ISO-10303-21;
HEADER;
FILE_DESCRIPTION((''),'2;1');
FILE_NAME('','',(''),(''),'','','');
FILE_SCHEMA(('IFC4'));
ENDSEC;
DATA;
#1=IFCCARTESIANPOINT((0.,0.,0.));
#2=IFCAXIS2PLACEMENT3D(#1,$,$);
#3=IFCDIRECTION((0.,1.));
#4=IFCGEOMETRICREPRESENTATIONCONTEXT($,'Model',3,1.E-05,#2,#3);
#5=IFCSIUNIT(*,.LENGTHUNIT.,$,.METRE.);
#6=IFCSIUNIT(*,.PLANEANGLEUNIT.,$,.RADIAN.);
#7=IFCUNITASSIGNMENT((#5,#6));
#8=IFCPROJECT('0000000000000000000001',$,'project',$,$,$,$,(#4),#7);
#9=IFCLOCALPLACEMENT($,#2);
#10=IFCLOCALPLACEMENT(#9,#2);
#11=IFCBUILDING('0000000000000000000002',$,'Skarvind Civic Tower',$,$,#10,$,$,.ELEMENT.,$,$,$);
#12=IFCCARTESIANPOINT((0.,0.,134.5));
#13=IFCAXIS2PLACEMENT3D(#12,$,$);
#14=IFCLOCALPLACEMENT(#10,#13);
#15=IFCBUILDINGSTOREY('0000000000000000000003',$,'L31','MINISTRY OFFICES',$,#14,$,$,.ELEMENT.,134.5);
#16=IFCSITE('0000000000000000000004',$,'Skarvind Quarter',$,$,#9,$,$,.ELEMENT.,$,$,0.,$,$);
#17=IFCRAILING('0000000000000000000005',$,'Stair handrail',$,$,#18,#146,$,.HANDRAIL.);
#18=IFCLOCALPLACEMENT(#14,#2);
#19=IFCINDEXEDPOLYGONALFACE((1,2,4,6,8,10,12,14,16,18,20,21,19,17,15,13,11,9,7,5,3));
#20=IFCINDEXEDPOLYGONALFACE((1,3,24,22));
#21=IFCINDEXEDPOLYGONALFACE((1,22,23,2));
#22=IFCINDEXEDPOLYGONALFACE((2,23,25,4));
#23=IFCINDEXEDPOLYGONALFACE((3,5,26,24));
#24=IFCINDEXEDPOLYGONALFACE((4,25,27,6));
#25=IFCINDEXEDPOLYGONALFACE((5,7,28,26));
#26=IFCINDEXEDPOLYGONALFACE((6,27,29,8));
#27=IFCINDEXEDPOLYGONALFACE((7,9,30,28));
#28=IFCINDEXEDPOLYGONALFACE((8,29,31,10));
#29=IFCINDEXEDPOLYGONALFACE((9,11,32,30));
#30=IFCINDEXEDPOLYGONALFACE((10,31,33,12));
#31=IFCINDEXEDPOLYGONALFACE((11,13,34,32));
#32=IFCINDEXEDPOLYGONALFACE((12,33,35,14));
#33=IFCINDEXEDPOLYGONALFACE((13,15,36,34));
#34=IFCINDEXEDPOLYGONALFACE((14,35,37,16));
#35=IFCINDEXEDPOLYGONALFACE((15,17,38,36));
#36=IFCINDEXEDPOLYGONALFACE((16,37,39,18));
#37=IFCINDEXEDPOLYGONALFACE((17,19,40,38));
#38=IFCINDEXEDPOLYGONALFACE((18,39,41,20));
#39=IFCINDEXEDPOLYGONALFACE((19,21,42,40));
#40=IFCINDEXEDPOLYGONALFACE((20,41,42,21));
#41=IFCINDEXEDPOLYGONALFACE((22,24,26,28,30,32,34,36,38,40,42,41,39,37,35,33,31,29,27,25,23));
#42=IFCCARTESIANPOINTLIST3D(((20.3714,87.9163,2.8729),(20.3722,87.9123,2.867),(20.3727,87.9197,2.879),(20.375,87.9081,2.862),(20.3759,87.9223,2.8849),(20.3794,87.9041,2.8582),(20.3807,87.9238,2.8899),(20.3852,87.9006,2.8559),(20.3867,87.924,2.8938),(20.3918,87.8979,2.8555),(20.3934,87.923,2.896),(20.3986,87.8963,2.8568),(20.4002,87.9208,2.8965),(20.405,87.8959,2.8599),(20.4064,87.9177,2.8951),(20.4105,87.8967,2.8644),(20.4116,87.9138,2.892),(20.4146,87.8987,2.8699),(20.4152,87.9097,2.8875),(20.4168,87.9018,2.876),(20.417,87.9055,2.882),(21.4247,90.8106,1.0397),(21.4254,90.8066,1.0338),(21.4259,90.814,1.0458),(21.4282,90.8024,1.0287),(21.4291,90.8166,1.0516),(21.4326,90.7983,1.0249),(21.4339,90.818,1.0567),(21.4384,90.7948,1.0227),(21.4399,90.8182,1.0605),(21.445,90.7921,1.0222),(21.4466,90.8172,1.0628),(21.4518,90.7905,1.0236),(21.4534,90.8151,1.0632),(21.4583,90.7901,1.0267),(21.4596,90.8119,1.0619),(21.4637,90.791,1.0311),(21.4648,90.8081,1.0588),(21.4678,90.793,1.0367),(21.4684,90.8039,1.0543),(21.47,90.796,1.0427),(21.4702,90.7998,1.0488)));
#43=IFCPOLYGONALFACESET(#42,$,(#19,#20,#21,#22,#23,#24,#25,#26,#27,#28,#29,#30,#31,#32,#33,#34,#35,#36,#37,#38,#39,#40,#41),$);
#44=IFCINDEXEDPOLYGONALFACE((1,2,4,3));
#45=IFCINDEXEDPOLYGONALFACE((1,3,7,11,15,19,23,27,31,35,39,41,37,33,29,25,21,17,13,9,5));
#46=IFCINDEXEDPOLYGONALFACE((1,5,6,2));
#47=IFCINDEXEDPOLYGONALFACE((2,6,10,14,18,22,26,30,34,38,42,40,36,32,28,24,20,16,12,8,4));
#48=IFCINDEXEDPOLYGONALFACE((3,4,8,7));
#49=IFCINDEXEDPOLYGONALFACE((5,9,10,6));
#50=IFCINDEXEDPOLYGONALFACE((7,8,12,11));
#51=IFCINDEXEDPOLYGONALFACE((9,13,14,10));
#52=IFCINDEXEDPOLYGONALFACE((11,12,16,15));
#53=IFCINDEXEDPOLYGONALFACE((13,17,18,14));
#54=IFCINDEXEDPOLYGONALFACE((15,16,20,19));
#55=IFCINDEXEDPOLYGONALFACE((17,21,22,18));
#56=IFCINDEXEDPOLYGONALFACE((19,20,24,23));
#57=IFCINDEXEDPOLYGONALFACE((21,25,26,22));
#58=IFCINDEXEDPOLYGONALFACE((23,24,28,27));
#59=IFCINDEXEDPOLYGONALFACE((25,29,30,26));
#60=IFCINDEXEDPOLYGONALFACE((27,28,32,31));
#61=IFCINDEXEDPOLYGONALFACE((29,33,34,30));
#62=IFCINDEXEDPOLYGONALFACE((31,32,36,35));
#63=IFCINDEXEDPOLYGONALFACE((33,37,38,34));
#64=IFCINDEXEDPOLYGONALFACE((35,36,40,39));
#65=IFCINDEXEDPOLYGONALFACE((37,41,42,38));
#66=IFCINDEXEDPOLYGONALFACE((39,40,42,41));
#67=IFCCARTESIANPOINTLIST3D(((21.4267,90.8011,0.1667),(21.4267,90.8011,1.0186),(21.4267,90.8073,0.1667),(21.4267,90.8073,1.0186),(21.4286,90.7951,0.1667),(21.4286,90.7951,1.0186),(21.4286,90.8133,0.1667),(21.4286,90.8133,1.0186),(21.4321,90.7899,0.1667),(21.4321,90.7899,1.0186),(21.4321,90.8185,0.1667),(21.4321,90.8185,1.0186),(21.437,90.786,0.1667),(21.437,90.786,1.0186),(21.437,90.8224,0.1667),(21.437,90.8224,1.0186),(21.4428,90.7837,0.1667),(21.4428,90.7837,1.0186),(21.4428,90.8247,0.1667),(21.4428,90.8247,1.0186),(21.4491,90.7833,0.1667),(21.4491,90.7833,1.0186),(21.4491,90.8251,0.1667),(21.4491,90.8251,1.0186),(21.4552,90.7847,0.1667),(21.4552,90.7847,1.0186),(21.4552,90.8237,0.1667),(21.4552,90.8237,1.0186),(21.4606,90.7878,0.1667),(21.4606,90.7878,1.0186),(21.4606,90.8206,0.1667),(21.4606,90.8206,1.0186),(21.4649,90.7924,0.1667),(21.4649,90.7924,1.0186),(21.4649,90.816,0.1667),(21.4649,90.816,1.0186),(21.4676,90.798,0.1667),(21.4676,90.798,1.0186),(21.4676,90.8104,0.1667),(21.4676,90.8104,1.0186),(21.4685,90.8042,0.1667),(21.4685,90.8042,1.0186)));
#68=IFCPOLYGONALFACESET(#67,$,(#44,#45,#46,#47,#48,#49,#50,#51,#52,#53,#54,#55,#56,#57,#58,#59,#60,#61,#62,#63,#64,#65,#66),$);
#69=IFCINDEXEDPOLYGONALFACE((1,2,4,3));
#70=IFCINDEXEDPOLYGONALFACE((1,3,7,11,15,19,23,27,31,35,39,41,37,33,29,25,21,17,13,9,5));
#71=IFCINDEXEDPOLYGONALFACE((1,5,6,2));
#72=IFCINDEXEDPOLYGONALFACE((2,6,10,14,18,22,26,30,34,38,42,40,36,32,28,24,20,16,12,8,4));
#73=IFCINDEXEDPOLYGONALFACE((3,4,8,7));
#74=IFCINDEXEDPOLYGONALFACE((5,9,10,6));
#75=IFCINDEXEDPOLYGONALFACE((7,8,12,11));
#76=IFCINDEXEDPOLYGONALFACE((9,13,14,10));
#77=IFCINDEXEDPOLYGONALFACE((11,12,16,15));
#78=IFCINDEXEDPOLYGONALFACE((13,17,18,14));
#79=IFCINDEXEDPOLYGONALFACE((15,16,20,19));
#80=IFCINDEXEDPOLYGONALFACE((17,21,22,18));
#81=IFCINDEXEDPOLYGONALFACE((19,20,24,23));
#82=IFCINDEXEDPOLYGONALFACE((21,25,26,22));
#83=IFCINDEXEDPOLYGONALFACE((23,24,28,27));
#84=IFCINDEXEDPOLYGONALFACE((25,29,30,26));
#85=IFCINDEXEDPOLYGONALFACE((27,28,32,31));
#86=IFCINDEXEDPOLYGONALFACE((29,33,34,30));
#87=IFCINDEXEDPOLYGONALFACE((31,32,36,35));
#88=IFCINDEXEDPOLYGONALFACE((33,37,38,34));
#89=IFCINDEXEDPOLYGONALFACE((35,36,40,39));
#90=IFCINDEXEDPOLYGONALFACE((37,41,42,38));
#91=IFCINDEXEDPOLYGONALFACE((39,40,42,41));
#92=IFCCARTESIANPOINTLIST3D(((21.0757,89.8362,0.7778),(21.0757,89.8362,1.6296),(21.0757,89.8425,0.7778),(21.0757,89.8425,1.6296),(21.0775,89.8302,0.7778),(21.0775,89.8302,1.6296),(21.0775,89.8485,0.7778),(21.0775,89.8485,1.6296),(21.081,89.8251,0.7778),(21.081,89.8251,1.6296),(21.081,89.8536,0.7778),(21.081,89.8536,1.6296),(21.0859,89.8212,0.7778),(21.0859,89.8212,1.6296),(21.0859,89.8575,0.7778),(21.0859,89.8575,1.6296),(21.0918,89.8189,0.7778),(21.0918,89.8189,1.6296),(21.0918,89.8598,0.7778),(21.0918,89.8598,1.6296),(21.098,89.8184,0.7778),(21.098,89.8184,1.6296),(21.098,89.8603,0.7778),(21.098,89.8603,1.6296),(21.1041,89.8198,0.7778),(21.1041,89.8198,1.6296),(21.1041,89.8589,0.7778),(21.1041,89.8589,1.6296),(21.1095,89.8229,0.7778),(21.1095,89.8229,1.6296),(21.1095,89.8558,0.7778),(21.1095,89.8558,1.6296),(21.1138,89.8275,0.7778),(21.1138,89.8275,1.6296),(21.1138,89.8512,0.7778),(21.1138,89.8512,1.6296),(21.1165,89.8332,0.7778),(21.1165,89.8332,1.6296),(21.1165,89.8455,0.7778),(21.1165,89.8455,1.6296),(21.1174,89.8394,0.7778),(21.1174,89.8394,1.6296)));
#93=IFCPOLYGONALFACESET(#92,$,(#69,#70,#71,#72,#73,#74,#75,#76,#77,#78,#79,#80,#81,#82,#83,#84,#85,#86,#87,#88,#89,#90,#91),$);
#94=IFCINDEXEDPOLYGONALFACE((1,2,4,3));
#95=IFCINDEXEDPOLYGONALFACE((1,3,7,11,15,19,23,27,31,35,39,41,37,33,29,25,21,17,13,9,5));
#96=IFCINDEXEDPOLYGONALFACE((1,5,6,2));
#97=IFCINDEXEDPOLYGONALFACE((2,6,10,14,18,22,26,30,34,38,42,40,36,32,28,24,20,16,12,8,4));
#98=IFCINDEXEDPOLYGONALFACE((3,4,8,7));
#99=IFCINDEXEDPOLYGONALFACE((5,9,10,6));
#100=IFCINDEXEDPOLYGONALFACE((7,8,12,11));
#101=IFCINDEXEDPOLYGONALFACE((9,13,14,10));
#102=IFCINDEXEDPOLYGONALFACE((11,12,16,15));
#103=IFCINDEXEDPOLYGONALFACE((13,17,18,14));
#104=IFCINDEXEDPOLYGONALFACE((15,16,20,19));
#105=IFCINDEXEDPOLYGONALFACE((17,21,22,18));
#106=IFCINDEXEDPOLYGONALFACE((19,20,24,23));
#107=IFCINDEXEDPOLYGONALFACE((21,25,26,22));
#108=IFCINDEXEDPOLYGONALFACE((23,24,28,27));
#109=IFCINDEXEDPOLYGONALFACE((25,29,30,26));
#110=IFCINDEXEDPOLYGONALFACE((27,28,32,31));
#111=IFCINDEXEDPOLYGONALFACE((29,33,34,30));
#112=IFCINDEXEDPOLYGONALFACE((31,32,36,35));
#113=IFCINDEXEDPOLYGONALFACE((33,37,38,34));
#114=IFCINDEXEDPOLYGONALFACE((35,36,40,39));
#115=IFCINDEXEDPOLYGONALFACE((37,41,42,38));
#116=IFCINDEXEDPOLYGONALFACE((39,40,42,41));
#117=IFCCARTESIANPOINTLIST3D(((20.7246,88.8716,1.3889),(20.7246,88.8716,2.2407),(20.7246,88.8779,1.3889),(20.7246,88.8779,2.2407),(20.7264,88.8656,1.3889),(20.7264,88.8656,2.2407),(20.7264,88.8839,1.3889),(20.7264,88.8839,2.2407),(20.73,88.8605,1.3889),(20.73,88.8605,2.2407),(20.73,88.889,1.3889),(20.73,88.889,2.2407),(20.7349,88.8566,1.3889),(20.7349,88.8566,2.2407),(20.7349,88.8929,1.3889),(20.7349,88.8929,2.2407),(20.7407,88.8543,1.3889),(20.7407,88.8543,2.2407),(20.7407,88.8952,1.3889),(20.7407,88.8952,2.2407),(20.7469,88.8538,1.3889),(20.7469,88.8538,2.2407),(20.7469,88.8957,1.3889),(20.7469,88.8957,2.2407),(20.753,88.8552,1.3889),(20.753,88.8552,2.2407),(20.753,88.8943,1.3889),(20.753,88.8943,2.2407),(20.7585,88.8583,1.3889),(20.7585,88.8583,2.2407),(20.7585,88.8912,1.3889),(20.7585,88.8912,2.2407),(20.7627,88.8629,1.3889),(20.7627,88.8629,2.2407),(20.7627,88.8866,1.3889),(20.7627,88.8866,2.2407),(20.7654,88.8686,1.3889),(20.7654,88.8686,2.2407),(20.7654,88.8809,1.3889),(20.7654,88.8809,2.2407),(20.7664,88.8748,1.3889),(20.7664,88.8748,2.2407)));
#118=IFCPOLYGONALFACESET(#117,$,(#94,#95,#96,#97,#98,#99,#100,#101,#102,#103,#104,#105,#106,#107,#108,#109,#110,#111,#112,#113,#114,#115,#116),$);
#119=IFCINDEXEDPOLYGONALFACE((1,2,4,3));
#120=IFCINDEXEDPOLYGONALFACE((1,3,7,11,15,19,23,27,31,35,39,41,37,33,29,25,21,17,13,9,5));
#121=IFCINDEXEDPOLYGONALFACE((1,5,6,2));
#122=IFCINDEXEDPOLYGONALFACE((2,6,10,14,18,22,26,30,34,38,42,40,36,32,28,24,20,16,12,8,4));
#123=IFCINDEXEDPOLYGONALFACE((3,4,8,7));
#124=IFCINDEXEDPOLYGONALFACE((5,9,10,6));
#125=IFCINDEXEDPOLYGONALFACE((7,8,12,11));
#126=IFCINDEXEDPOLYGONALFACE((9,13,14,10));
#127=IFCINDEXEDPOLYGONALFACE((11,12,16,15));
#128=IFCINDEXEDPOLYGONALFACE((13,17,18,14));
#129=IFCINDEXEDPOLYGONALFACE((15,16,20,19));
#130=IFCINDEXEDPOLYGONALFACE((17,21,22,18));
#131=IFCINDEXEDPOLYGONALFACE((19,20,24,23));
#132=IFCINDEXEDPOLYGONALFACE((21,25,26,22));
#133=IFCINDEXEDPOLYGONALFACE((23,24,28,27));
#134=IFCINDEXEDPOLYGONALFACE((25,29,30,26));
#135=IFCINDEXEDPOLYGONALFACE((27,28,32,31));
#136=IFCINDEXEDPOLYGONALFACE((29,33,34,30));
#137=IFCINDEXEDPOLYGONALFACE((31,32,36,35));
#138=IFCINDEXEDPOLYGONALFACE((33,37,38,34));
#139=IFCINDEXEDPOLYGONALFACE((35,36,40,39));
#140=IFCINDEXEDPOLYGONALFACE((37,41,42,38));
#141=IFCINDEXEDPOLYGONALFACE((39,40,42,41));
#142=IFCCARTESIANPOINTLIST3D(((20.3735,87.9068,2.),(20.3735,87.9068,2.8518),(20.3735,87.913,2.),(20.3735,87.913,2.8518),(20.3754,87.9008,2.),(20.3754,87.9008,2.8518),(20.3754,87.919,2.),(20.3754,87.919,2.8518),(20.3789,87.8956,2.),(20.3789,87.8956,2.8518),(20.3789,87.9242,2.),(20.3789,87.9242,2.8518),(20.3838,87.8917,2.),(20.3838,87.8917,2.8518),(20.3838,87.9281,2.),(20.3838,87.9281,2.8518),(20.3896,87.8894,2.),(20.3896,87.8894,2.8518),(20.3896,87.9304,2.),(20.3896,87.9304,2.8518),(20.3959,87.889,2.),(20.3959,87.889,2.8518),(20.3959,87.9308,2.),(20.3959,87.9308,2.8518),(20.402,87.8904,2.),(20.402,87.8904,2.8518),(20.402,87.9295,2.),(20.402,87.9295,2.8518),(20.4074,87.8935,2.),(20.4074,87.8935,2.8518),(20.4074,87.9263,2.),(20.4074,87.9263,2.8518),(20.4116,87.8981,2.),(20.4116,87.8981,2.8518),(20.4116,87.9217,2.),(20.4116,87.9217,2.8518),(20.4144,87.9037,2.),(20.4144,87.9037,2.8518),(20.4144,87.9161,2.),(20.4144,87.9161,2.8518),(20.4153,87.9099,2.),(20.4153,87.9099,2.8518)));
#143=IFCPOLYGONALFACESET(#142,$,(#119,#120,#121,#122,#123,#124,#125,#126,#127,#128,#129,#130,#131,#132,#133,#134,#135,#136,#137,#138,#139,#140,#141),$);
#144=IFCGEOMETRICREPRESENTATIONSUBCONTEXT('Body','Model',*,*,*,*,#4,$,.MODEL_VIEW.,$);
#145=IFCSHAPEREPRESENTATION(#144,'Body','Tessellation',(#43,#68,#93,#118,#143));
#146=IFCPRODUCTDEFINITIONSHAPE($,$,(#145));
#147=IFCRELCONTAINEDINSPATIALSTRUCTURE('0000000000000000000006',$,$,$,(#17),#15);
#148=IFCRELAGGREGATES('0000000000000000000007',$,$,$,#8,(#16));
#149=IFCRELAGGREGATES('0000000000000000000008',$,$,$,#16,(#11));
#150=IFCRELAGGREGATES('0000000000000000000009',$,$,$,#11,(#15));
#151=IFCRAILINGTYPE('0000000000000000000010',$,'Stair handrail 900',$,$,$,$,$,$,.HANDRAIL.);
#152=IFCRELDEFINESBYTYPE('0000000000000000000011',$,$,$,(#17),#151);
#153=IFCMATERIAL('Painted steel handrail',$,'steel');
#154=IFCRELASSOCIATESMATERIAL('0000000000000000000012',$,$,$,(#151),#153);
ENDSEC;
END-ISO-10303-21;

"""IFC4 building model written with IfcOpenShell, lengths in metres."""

from ifc_helpers import new_model, si_unit, direction, frame, origin, origin_2d, place, context, subcontext, project, spatial, circle, extrude, material, type_object, element, save


model = new_model("IFC4")

# Units and contexts
model_context = context("Model", 3, precision=1e-05, world=origin(), true_north=direction((0.0, 1.0)))
body_context = subcontext(model_context, "Body", "Model", "MODEL_VIEW")
ifc_project = project(units=[si_unit("LENGTHUNIT", "METRE"), si_unit("PLANEANGLEUNIT", "RADIAN")], contexts=[model_context])

# Site, building, storey
site_placement = place(None, origin())
site = spatial("IfcSite", under=ifc_project, at=site_placement, Name="Skarvind Quarter", CompositionType="ELEMENT", RefElevation=0.0)
building_placement = place(site_placement, origin())
building = spatial("IfcBuilding", under=site, at=building_placement, Name="Skarvind Civic Tower", CompositionType="ELEMENT")
storey_placement = place(building_placement, frame((0.0, 0.0, 134.5)))
storey = spatial("IfcBuildingStorey", under=building, at=storey_placement, Name="L31", Description="MINISTRY OFFICES", CompositionType="ELEMENT", Elevation=134.5)

# Railing
ifc_material_1 = material(Name="Painted steel handrail", Category="steel")
railing_type = type_object("IfcRailingType", Name="Stair handrail 900", PredefinedType="HANDRAIL", material=ifc_material_1)
railing_1_placement = place(storey_placement, frame((21.4475, 90.8042, 0.1667)))
element("IfcRailing", 1, at=railing_1_placement, inside=storey, type_object=railing_type, Name="Stair handrail", PredefinedType="HANDRAIL", context=body_context, shape_type="SweptSolid", body=[
    extrude(circle(Radius=0.0239, at=origin_2d()), frame((0.0, 0.0, 0.876), z_axis=(-0.293846, -0.807497, 0.511472), x_axis=(0.939715, -0.341959, 0.0)), (0.0, 0.0, 1.0), 3.5842),
    extrude(circle(Radius=0.021, at=origin_2d()), origin(), (0.0, 0.0, 1.0), 0.8518),
    extrude(circle(Radius=0.021, at=origin_2d()), frame((-0.3511, -0.9648, 0.6111)), (0.0, 0.0, 1.0), 0.8518),
    extrude(circle(Radius=0.021, at=origin_2d()), frame((-0.7021, -1.9294, 1.2222)), (0.0, 0.0, 1.0), 0.8518),
    extrude(circle(Radius=0.021, at=origin_2d()), frame((-1.0532, -2.8943, 1.8333)), (0.0, 0.0, 1.0), 0.8518),
])

save(model, "model.ifc")
